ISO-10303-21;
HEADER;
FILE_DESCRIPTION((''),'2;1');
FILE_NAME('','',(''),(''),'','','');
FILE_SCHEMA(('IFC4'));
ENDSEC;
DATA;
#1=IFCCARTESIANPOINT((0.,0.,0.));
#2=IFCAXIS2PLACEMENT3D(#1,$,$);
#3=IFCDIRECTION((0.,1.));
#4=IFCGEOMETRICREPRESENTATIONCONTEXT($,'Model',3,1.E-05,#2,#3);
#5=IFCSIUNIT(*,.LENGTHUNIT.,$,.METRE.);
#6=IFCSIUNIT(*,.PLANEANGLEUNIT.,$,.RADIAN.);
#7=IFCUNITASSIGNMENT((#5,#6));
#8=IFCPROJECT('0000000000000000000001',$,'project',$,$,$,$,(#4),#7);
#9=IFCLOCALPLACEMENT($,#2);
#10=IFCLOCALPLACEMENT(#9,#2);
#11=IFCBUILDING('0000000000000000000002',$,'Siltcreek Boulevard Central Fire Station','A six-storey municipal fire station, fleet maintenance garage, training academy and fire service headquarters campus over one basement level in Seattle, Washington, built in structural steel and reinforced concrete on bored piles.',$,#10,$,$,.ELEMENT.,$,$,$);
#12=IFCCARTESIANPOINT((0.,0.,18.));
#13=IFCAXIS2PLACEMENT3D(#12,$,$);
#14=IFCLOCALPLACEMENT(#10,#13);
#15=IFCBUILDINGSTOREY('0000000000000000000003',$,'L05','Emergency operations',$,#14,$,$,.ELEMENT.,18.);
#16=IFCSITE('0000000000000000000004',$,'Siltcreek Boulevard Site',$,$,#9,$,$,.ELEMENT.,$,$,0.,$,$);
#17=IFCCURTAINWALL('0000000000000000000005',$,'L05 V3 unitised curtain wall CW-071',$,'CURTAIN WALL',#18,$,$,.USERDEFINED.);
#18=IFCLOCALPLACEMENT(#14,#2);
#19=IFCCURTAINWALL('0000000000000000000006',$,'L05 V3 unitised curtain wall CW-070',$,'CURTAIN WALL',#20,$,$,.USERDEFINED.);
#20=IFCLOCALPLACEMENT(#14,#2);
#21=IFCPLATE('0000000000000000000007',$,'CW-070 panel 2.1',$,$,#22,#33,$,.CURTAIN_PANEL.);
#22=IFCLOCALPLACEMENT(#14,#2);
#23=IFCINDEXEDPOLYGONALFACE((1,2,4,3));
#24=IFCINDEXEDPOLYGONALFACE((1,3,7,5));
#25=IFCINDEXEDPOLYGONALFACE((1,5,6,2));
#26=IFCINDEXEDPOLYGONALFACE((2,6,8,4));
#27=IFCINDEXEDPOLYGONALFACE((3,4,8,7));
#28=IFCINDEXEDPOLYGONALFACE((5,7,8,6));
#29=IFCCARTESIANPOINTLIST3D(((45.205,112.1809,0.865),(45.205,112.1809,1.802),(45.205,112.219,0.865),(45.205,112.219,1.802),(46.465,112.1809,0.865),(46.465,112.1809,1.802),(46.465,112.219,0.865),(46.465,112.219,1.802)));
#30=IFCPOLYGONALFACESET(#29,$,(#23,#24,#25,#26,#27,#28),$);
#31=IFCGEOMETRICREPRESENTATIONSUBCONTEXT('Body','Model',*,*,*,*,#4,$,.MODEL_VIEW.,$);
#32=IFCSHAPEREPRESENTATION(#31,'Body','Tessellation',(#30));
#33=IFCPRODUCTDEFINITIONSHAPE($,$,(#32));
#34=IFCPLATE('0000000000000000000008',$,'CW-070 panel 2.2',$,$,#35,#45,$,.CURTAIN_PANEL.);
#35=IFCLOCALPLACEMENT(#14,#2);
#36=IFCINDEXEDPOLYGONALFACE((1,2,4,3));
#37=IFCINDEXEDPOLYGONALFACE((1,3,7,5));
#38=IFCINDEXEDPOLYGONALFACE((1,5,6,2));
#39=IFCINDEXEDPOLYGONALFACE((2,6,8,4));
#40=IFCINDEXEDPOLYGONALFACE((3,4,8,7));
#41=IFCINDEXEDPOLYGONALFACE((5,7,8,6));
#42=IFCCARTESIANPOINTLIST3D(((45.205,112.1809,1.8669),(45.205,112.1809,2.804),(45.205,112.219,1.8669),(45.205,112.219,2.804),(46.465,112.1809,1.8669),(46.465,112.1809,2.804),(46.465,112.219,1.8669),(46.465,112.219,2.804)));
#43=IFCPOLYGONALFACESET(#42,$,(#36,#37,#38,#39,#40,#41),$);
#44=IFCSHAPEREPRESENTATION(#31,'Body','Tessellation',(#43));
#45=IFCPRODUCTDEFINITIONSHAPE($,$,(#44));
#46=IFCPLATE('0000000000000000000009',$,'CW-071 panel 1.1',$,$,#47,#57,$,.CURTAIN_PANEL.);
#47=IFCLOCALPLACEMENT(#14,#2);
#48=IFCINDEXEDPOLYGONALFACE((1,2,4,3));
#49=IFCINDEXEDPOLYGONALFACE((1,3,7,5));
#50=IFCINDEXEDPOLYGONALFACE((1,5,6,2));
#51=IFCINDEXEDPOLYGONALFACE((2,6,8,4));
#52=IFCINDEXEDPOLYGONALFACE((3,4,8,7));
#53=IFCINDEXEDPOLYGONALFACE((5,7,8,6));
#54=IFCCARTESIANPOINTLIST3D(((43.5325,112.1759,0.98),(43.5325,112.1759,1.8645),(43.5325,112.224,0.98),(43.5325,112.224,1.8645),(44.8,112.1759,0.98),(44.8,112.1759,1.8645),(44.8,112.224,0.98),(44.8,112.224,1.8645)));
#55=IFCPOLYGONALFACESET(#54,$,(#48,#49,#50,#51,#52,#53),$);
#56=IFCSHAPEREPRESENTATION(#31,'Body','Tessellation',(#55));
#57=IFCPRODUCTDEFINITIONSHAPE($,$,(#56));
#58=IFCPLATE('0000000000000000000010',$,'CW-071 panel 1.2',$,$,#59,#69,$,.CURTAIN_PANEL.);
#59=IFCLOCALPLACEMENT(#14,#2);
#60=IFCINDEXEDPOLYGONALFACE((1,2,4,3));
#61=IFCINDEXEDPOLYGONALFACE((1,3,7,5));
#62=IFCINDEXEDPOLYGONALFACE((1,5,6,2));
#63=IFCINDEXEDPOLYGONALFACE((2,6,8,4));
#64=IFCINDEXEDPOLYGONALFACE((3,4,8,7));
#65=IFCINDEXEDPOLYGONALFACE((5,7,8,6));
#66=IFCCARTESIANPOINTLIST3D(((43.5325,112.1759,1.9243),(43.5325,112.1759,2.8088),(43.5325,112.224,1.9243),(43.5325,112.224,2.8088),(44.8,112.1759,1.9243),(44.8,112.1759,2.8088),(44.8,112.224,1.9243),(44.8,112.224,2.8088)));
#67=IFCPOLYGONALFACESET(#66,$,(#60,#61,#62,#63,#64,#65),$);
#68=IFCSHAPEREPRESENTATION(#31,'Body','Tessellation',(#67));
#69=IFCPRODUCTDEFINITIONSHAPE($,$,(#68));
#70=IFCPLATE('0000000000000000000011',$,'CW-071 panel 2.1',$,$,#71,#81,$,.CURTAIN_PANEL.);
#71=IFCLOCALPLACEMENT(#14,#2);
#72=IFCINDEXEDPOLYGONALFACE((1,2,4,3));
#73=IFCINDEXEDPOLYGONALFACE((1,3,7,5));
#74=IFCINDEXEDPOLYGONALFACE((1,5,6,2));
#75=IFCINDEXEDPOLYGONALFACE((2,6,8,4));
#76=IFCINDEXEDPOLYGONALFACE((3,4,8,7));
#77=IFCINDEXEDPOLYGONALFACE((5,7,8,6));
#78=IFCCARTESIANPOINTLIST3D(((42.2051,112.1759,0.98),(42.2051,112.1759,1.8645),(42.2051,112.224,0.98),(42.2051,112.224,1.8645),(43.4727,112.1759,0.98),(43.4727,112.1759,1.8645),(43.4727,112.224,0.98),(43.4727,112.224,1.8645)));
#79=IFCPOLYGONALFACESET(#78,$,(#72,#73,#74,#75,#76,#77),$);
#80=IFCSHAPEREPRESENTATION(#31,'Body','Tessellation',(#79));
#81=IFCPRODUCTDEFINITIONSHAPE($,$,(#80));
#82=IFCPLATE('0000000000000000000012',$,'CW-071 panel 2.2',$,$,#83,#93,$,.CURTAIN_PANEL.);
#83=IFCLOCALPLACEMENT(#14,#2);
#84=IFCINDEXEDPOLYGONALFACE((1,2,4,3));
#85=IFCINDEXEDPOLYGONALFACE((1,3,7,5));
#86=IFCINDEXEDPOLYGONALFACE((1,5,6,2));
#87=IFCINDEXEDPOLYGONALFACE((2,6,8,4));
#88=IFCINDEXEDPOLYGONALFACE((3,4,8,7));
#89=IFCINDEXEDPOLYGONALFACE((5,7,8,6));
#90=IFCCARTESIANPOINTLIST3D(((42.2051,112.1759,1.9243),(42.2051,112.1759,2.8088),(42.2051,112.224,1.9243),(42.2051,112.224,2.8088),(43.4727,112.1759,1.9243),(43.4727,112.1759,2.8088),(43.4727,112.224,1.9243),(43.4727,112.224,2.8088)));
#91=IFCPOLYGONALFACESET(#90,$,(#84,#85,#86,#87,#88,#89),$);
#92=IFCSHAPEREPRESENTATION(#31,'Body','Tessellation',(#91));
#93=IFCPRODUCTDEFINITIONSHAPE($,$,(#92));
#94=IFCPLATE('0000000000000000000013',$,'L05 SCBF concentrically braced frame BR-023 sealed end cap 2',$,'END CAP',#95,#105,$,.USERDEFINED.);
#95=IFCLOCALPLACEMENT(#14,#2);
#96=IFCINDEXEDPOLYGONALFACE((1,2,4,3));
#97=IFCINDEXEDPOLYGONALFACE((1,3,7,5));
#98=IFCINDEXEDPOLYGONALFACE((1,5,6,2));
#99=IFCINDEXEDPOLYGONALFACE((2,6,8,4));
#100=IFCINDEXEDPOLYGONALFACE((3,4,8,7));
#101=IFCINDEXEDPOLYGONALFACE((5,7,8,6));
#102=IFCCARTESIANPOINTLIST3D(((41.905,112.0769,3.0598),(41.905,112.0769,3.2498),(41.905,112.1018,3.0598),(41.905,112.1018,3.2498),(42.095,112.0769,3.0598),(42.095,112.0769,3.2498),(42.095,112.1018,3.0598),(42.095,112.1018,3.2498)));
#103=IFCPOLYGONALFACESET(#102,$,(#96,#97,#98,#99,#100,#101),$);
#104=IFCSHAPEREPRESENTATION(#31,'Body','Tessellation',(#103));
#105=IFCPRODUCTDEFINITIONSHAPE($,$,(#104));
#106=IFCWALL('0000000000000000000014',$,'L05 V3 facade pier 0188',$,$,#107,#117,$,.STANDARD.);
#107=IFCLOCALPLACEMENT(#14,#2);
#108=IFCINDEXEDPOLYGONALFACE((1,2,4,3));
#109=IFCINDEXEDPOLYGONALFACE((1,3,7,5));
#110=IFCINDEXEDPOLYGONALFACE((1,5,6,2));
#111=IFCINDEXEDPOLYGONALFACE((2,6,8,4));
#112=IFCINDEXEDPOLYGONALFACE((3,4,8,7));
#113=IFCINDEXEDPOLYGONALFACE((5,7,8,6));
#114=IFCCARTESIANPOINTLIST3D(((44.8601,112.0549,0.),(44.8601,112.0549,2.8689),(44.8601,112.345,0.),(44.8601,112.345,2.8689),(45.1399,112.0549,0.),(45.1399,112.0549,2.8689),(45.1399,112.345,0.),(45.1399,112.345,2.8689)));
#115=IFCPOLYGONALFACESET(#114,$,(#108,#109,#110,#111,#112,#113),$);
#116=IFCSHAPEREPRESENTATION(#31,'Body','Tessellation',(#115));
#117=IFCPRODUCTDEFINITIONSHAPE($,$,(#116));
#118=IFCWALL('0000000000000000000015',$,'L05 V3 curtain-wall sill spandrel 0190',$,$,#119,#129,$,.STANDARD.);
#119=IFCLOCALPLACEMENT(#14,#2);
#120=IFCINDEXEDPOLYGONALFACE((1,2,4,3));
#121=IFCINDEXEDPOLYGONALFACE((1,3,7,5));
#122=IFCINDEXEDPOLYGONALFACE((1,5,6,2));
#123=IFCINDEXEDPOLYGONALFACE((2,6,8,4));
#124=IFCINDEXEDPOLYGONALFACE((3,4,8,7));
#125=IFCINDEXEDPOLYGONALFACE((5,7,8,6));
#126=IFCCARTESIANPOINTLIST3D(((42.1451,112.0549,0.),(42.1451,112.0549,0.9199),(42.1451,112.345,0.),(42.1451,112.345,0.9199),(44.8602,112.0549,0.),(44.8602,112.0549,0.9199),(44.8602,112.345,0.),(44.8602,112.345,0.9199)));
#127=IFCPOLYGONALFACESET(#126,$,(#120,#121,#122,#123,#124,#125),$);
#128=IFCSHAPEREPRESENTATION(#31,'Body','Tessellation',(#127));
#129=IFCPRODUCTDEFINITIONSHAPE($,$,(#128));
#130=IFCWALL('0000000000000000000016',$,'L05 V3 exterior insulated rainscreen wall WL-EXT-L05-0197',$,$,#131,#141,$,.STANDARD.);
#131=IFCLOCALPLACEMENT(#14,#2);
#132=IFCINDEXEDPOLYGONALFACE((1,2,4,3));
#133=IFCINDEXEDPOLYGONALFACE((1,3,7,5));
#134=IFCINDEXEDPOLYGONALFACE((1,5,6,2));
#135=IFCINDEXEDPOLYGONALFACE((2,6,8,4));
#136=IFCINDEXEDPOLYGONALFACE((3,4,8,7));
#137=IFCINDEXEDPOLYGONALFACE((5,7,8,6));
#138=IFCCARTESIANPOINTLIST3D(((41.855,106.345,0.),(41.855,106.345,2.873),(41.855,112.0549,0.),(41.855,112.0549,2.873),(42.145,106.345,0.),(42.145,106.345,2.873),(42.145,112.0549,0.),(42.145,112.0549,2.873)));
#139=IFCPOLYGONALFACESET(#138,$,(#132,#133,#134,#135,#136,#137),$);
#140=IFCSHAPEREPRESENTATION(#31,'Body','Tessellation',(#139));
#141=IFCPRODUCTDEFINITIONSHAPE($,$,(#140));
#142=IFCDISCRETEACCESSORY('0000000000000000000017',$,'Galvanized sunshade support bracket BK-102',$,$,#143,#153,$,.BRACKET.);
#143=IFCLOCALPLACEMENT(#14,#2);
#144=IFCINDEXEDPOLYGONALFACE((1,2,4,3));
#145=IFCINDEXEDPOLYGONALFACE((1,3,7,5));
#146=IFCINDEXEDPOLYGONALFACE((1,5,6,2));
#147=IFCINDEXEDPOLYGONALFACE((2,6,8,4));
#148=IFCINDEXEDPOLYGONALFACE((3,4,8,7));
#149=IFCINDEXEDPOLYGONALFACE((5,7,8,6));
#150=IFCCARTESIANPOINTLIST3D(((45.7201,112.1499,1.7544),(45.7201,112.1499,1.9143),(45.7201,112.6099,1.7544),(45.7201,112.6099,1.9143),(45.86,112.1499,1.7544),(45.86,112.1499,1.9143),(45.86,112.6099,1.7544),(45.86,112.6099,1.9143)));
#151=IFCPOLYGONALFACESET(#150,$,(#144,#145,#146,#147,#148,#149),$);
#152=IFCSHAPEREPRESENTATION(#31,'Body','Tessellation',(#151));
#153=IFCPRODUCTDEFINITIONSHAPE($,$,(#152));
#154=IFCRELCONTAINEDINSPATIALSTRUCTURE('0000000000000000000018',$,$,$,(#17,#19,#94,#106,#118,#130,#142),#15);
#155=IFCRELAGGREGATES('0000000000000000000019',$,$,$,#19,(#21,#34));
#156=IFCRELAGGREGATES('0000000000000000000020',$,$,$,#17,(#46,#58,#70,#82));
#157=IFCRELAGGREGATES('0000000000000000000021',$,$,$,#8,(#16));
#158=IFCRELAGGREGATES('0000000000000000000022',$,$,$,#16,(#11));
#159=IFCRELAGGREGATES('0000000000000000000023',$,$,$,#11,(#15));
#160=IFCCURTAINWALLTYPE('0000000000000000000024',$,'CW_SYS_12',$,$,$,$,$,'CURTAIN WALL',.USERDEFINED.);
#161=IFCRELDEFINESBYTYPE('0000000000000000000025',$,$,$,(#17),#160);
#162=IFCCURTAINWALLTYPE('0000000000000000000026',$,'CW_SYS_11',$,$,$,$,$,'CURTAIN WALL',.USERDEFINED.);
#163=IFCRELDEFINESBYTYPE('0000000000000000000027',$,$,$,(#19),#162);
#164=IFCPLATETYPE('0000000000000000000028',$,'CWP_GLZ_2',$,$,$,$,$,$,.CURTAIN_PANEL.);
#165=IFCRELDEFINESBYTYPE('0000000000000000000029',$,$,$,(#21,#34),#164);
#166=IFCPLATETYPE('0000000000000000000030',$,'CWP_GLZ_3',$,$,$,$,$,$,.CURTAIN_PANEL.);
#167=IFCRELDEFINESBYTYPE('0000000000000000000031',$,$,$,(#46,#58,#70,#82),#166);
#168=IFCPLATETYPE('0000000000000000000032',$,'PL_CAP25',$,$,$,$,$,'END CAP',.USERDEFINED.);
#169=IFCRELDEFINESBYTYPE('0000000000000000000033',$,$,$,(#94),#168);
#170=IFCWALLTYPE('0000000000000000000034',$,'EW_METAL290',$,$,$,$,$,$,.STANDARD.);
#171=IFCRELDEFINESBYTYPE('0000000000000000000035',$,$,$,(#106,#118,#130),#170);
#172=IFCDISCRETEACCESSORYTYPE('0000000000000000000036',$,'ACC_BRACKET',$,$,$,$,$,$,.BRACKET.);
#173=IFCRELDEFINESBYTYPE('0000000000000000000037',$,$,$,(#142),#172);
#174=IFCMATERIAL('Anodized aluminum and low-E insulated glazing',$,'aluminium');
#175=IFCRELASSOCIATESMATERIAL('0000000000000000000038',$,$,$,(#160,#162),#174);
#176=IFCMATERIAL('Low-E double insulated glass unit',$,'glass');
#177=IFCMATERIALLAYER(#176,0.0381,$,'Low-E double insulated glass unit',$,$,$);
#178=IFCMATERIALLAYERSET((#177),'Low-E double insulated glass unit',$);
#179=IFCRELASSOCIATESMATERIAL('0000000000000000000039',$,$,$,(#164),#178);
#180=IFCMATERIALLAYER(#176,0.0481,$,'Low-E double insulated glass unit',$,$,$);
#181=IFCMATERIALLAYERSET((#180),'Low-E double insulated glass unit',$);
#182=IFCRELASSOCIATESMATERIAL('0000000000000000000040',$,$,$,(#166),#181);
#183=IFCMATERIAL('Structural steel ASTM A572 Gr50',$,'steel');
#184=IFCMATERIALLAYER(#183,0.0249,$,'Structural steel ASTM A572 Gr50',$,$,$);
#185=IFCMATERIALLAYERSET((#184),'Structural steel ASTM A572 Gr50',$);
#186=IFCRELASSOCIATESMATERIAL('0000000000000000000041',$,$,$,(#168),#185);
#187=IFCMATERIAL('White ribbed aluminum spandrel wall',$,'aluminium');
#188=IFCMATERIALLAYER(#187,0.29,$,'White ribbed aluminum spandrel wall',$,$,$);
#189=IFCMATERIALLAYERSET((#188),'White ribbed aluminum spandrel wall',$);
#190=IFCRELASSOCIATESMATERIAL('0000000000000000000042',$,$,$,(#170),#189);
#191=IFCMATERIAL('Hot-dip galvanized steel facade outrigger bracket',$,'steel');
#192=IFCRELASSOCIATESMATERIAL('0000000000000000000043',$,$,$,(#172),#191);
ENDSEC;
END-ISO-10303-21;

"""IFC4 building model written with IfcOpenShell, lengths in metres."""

from ifc_helpers import new_model, si_unit, direction, frame, frame_2d, origin, origin_2d, place, context, subcontext, project, spatial, rectangle, extrude, material, layer, layer_set, type_object, element, aggregate, save


model = new_model("IFC4")

# Units and contexts
model_context = context("Model", 3, precision=1e-05, world=origin(), true_north=direction((0.0, 1.0)))
body_context = subcontext(model_context, "Body", "Model", "MODEL_VIEW")
ifc_project = project(units=[si_unit("LENGTHUNIT", "METRE"), si_unit("PLANEANGLEUNIT", "RADIAN")], contexts=[model_context])

# Site, building, storey
site_placement = place(None, origin())
site = spatial("IfcSite", under=ifc_project, at=site_placement, Name="Siltcreek Boulevard Site", CompositionType="ELEMENT", RefElevation=0.0)
building_placement = place(site_placement, origin())
building = spatial("IfcBuilding", under=site, at=building_placement, Name="Siltcreek Boulevard Central Fire Station", Description="A six-storey municipal fire station, fleet maintenance garage, training academy and fire service headquarters campus over one basement level in Seattle, Washington, built in structural steel and reinforced concrete on bored piles.", CompositionType="ELEMENT")
storey_placement = place(building_placement, frame((0.0, 0.0, 18.0)))
storey = spatial("IfcBuildingStorey", under=building, at=storey_placement, Name="L05", Description="Emergency operations", CompositionType="ELEMENT", Elevation=18.0)

# Curtain wall
ifc_material_1 = material(Name="Anodized aluminum and low-E insulated glazing", Category="aluminium")
curtain_wall_type_1 = type_object("IfcCurtainWallType", Name="CW_SYS_12", ElementType="CURTAIN WALL", PredefinedType="USERDEFINED", material=ifc_material_1)
curtain_wall_1_placement = place(storey_placement, origin())
curtain_wall_1 = element("IfcCurtainWall", 1, at=curtain_wall_1_placement, inside=storey, type_object=curtain_wall_type_1, Name="L05 V3 unitised curtain wall CW-071", ObjectType="CURTAIN WALL", PredefinedType="USERDEFINED")

# Curtain wall
curtain_wall_type_2 = type_object("IfcCurtainWallType", Name="CW_SYS_11", ElementType="CURTAIN WALL", PredefinedType="USERDEFINED", material=ifc_material_1)
curtain_wall_2_placement = place(storey_placement, origin())
curtain_wall_2 = element("IfcCurtainWall", 2, at=curtain_wall_2_placement, inside=storey, type_object=curtain_wall_type_2, Name="L05 V3 unitised curtain wall CW-070", ObjectType="CURTAIN WALL", PredefinedType="USERDEFINED")

# Plates
ifc_material_2 = material(Name="Low-E double insulated glass unit", Category="glass")
ifc_layer_1 = layer(ifc_material_2, 0.0381, Name="Low-E double insulated glass unit")
ifc_layer_set_1 = layer_set([ifc_layer_1], Name="Low-E double insulated glass unit")
plate_type_1 = type_object("IfcPlateType", Name="CWP_GLZ_2", PredefinedType="CURTAIN_PANEL", material=ifc_layer_set_1)
plate_1_placement = place(storey_placement, frame((45.835, 112.2, 0.865), z_axis=(0.0, 0.0, 1.0), x_axis=(-1.0, 0.0, 0.0)))
plate_1 = element("IfcPlate", 3, at=plate_1_placement, type_object=plate_type_1, Name="CW-070 panel 2.1", PredefinedType="CURTAIN_PANEL", context=body_context, shape_type="SweptSolid", body=[
    extrude(rectangle(XDim=1.26, YDim=0.0381, at=origin_2d()), origin(), (0.0, 0.0, 1.0), 0.937),
])
plate_2_placement = place(storey_placement, frame((45.835, 112.2, 1.8669), z_axis=(0.0, 0.0, 1.0), x_axis=(-1.0, 0.0, 0.0)))
plate_2 = element("IfcPlate", 4, at=plate_2_placement, type_object=plate_type_1, Name="CW-070 panel 2.2", PredefinedType="CURTAIN_PANEL", context=body_context, shape_type="SweptSolid", body=[
    extrude(rectangle(XDim=1.26, YDim=0.0381, at=origin_2d()), origin(), (0.0, 0.0, 1.0), 0.937),
])
aggregate(curtain_wall_2, [plate_1, plate_2])
ifc_layer_2 = layer(ifc_material_2, 0.0481, Name="Low-E double insulated glass unit")
ifc_layer_set_2 = layer_set([ifc_layer_2], Name="Low-E double insulated glass unit")
plate_type_2 = type_object("IfcPlateType", Name="CWP_GLZ_3", PredefinedType="CURTAIN_PANEL", material=ifc_layer_set_2)
plate_3_placement = place(storey_placement, frame((44.1663, 112.2, 0.98), z_axis=(0.0, 0.0, 1.0), x_axis=(-1.0, 0.0, 0.0)))
plate_3 = element("IfcPlate", 5, at=plate_3_placement, type_object=plate_type_2, Name="CW-071 panel 1.1", PredefinedType="CURTAIN_PANEL", context=body_context, shape_type="SweptSolid", body=[
    extrude(rectangle(XDim=1.2676, YDim=0.0481, at=origin_2d()), origin(), (0.0, 0.0, 1.0), 0.8845),
])
plate_4_placement = place(storey_placement, frame((44.1663, 112.2, 1.9243), z_axis=(0.0, 0.0, 1.0), x_axis=(-1.0, 0.0, 0.0)))
plate_4 = element("IfcPlate", 6, at=plate_4_placement, type_object=plate_type_2, Name="CW-071 panel 1.2", PredefinedType="CURTAIN_PANEL", context=body_context, shape_type="SweptSolid", body=[
    extrude(rectangle(XDim=1.2676, YDim=0.0481, at=origin_2d()), origin(), (0.0, 0.0, 1.0), 0.8845),
])
plate_5_placement = place(storey_placement, frame((42.8389, 112.2, 0.98), z_axis=(0.0, 0.0, 1.0), x_axis=(-1.0, 0.0, 0.0)))
plate_5 = element("IfcPlate", 7, at=plate_5_placement, type_object=plate_type_2, Name="CW-071 panel 2.1", PredefinedType="CURTAIN_PANEL", context=body_context, shape_type="SweptSolid", body=[
    extrude(rectangle(XDim=1.2676, YDim=0.0481, at=origin_2d()), origin(), (0.0, 0.0, 1.0), 0.8845),
])
plate_6_placement = place(storey_placement, frame((42.8389, 112.2, 1.9243), z_axis=(0.0, 0.0, 1.0), x_axis=(-1.0, 0.0, 0.0)))
plate_6 = element("IfcPlate", 8, at=plate_6_placement, type_object=plate_type_2, Name="CW-071 panel 2.2", PredefinedType="CURTAIN_PANEL", context=body_context, shape_type="SweptSolid", body=[
    extrude(rectangle(XDim=1.2676, YDim=0.0481, at=origin_2d()), origin(), (0.0, 0.0, 1.0), 0.8845),
])
aggregate(curtain_wall_1, [plate_3, plate_4, plate_5, plate_6])
ifc_material_3 = material(Name="Structural steel ASTM A572 Gr50", Category="steel")
ifc_layer_3 = layer(ifc_material_3, 0.0249, Name="Structural steel ASTM A572 Gr50")
ifc_layer_set_3 = layer_set([ifc_layer_3], Name="Structural steel ASTM A572 Gr50")
plate_type_3 = type_object("IfcPlateType", Name="PL_CAP25", ElementType="END CAP", PredefinedType="USERDEFINED", material=ifc_layer_set_3)
plate_7_placement = place(storey_placement, frame((42.0, 112.0894, 3.0598), z_axis=(0.0, 0.0, 1.0), x_axis=(0.0, 1.0, 0.0)))
element("IfcPlate", 9, at=plate_7_placement, inside=storey, type_object=plate_type_3, Name="L05 SCBF concentrically braced frame BR-023 sealed end cap 2", ObjectType="END CAP", PredefinedType="USERDEFINED", context=body_context, shape_type="SweptSolid", body=[
    extrude(rectangle(XDim=0.0249, YDim=0.1899, at=origin_2d()), origin(), (0.0, 0.0, 1.0), 0.1899),
])

# Walls
ifc_material_4 = material(Name="White ribbed aluminum spandrel wall", Category="aluminium")
ifc_layer_4 = layer(ifc_material_4, 0.29, Name="White ribbed aluminum spandrel wall")
ifc_layer_set_4 = layer_set([ifc_layer_4], Name="White ribbed aluminum spandrel wall")
wall_type = type_object("IfcWallType", Name="EW_METAL290", PredefinedType="STANDARD", material=ifc_layer_set_4)
wall_1_placement = place(storey_placement, frame((45.1399, 112.2, 0.0), z_axis=(0.0, 0.0, 1.0), x_axis=(-1.0, 0.0, 0.0)))
element("IfcWall", 10, at=wall_1_placement, inside=storey, type_object=wall_type, Name="L05 V3 facade pier 0188", PredefinedType="STANDARD", context=body_context, shape_type="SweptSolid", body=[
    extrude(rectangle(XDim=0.2798, YDim=0.29, at=frame_2d((0.1399, 0.0))), origin(), (0.0, 0.0, 1.0), 2.8689),
])
wall_2_placement = place(storey_placement, frame((44.8601, 112.2, 0.0), z_axis=(0.0, 0.0, 1.0), x_axis=(-1.0, 0.0, 0.0)))
element("IfcWall", 11, at=wall_2_placement, inside=storey, type_object=wall_type, Name="L05 V3 curtain-wall sill spandrel 0190", PredefinedType="STANDARD", context=body_context, shape_type="SweptSolid", body=[
    extrude(rectangle(XDim=2.7151, YDim=0.29, at=frame_2d((1.3574, 0.0))), origin(), (0.0, 0.0, 1.0), 0.9199),
])
wall_3_placement = place(storey_placement, frame((42.0, 112.0549, 0.0), z_axis=(0.0, 0.0, 1.0), x_axis=(0.0, -1.0, 0.0)))
element("IfcWall", 12, at=wall_3_placement, inside=storey, type_object=wall_type, Name="L05 V3 exterior insulated rainscreen wall WL-EXT-L05-0197", PredefinedType="STANDARD", context=body_context, shape_type="SweptSolid", body=[
    extrude(rectangle(XDim=5.71, YDim=0.29, at=frame_2d((2.855, 0.0))), origin(), (0.0, 0.0, 1.0), 2.873),
])

# Discrete accessory
ifc_material_5 = material(Name="Hot-dip galvanized steel facade outrigger bracket", Category="steel")
discrete_accessory_type = type_object("IfcDiscreteAccessoryType", Name="ACC_BRACKET", PredefinedType="BRACKET", material=ifc_material_5)
discrete_accessory_placement = place(storey_placement, frame((45.79, 112.3799, 1.7544), z_axis=(0.0, 0.0, 1.0), x_axis=(-1.0, 0.0, 0.0)))
element("IfcDiscreteAccessory", 13, at=discrete_accessory_placement, inside=storey, type_object=discrete_accessory_type, Name="Galvanized sunshade support bracket BK-102", PredefinedType="BRACKET", context=body_context, shape_type="SweptSolid", body=[
    extrude(rectangle(XDim=0.1399, YDim=0.46, at=origin_2d()), origin(), (0.0, 0.0, 1.0), 0.1599),
])

save(model, "model.ifc")
